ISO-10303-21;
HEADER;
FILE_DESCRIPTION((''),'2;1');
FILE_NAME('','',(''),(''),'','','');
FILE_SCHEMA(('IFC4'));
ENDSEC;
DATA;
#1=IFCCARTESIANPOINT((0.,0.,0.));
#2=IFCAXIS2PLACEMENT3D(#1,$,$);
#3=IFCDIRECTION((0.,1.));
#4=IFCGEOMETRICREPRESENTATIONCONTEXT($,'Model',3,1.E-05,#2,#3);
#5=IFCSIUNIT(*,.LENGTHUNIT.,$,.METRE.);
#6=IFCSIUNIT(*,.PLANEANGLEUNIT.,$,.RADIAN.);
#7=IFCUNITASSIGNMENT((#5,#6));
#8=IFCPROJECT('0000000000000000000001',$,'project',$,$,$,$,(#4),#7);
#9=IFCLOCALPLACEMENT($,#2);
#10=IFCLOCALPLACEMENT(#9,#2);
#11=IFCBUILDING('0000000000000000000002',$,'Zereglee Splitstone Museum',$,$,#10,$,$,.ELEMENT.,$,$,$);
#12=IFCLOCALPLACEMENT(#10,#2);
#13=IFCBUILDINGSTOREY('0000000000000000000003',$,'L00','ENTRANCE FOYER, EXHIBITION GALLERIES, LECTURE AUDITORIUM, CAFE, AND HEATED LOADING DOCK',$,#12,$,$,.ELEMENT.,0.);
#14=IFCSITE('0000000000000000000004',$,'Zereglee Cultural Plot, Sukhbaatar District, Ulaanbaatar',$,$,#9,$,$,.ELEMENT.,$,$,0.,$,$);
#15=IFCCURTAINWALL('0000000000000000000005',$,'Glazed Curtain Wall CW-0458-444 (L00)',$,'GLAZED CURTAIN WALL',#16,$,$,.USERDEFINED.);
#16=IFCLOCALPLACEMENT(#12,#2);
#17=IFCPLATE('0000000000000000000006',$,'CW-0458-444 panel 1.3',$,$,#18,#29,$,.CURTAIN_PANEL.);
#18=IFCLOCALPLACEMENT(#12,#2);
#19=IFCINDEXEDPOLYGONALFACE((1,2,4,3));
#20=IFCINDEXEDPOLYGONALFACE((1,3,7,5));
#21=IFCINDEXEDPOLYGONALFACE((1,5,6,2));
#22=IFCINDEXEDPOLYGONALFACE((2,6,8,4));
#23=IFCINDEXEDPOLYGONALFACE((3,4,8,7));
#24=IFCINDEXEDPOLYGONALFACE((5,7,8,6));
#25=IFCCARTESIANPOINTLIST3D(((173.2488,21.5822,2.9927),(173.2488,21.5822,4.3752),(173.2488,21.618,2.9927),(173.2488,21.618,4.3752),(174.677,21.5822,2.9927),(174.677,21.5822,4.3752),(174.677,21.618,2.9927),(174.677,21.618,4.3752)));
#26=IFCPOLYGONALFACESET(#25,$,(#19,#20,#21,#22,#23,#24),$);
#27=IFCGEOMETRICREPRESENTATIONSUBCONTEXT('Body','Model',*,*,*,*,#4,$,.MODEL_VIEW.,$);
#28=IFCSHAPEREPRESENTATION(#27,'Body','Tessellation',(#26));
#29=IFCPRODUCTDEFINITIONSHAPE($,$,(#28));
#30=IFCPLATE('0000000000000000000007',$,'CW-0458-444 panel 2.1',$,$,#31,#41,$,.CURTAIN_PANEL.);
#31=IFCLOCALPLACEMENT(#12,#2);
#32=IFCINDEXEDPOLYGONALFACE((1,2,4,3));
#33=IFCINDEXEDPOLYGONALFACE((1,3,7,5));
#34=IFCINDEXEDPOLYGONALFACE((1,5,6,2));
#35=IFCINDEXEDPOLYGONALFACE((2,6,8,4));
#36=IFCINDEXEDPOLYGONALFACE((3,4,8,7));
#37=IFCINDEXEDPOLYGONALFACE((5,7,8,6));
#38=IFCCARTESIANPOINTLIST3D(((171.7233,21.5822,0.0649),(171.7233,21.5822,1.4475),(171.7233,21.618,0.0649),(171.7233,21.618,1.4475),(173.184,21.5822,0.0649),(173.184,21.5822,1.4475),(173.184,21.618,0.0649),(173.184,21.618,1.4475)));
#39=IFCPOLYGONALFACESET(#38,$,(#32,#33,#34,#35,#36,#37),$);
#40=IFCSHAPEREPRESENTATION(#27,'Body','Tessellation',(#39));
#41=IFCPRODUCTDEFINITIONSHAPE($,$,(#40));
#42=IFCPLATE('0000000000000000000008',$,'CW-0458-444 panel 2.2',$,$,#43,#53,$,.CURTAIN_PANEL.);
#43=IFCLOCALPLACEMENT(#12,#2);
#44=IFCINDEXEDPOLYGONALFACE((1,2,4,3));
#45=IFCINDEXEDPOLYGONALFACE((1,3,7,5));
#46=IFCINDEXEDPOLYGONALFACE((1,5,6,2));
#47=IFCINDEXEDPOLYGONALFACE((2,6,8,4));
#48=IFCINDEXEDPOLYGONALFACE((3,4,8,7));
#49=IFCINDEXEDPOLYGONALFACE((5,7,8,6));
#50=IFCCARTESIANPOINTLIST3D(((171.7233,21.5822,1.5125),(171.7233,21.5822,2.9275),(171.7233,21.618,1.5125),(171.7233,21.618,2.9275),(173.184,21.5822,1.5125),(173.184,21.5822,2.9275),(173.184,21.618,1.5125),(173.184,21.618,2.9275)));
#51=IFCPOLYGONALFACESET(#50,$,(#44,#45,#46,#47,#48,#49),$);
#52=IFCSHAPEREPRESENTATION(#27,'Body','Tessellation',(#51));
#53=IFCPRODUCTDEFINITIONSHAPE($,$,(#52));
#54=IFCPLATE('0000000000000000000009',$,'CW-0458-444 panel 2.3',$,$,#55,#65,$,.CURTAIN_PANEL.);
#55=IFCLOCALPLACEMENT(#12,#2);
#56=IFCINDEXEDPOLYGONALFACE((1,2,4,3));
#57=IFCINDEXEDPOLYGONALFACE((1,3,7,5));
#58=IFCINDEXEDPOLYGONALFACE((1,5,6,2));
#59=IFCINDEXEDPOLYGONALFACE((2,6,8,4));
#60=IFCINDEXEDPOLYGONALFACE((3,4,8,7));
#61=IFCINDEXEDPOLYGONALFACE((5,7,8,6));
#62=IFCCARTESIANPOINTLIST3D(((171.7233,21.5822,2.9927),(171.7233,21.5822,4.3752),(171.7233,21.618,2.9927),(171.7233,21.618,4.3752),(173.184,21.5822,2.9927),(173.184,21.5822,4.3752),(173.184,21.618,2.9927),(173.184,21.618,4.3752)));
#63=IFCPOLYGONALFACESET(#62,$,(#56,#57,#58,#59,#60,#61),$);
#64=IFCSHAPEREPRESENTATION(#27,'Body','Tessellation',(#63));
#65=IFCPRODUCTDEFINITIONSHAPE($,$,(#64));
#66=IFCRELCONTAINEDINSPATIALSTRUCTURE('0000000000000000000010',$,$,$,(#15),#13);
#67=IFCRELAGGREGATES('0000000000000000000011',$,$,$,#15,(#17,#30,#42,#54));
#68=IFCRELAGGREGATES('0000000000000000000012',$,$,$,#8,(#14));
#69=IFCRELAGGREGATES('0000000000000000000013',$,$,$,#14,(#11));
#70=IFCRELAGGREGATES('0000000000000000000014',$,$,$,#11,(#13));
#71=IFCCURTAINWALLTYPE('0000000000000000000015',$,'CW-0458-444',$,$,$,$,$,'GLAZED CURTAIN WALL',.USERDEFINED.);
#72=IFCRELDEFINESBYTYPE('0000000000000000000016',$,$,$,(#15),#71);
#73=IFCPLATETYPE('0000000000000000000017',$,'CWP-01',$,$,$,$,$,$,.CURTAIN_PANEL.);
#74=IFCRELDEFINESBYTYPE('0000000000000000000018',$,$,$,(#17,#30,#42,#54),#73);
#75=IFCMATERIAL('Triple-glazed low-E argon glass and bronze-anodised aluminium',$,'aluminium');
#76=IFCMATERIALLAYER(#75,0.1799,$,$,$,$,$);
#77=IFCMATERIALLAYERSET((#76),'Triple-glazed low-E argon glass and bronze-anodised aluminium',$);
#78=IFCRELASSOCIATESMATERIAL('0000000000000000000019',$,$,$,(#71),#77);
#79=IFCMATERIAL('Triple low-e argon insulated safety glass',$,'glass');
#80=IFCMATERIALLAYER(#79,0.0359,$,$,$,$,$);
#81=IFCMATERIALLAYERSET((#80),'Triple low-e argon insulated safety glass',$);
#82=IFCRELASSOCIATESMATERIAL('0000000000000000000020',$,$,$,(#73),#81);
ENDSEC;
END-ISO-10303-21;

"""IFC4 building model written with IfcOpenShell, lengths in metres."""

from ifc_helpers import new_model, si_unit, direction, frame, origin, origin_2d, place, context, subcontext, project, spatial, rectangle, extrude, material, layer, layer_set, type_object, element, aggregate, save


model = new_model("IFC4")

# Units and contexts
model_context = context("Model", 3, precision=1e-05, world=origin(), true_north=direction((0.0, 1.0)))
body_context = subcontext(model_context, "Body", "Model", "MODEL_VIEW")
ifc_project = project(units=[si_unit("LENGTHUNIT", "METRE"), si_unit("PLANEANGLEUNIT", "RADIAN")], contexts=[model_context])

# Site, building, storey
site_placement = place(None, origin())
site = spatial("IfcSite", under=ifc_project, at=site_placement, Name="Zereglee Cultural Plot, Sukhbaatar District, Ulaanbaatar", CompositionType="ELEMENT", RefElevation=0.0)
building_placement = place(site_placement, origin())
building = spatial("IfcBuilding", under=site, at=building_placement, Name="Zereglee Splitstone Museum", CompositionType="ELEMENT")
storey_placement = place(building_placement, origin())
storey = spatial("IfcBuildingStorey", under=building, at=storey_placement, Name="L00", Description="ENTRANCE FOYER, EXHIBITION GALLERIES, LECTURE AUDITORIUM, CAFE, AND HEATED LOADING DOCK", CompositionType="ELEMENT", Elevation=0.0)

# Shared definitions
ifc_material_1 = material(Name="Triple-glazed low-E argon glass and bronze-anodised aluminium", Category="aluminium")

# Curtain wall
ifc_layer_1 = layer(ifc_material_1, 0.1799)
ifc_layer_set_1 = layer_set([ifc_layer_1], Name="Triple-glazed low-E argon glass and bronze-anodised aluminium")
curtain_wall_type_1 = type_object("IfcCurtainWallType", Name="CW-0458-444", ElementType="GLAZED CURTAIN WALL", PredefinedType="USERDEFINED", material=ifc_layer_set_1)
curtain_wall_1_placement = place(storey_placement, origin())
curtain_wall_1 = element("IfcCurtainWall", 1, at=curtain_wall_1_placement, inside=storey, type_object=curtain_wall_type_1, Name="Glazed Curtain Wall CW-0458-444 (L00)", ObjectType="GLAZED CURTAIN WALL", PredefinedType="USERDEFINED")

# Plates
ifc_material_2 = material(Name="Triple low-e argon insulated safety glass", Category="glass")
ifc_layer_2 = layer(ifc_material_2, 0.0359)
ifc_layer_set_2 = layer_set([ifc_layer_2], Name="Triple low-e argon insulated safety glass")
plate_type = type_object("IfcPlateType", Name="CWP-01", PredefinedType="CURTAIN_PANEL", material=ifc_layer_set_2)
plate_1_placement = place(storey_placement, frame((173.9629, 21.6001, 2.9927), z_axis=(0.0, 0.0, 1.0), x_axis=(-1.0, 0.0, 0.0)))
plate_1 = element("IfcPlate", 2, at=plate_1_placement, type_object=plate_type, Name="CW-0458-444 panel 1.3", PredefinedType="CURTAIN_PANEL", context=body_context, shape_type="SweptSolid", body=[
    extrude(rectangle(XDim=1.4282, YDim=0.0359, at=origin_2d()), origin(), (0.0, 0.0, 1.0), 1.3826),
])
plate_2_placement = place(storey_placement, frame((172.4536, 21.6001, 0.0649), z_axis=(0.0, 0.0, 1.0), x_axis=(-1.0, 0.0, 0.0)))
plate_2 = element("IfcPlate", 3, at=plate_2_placement, type_object=plate_type, Name="CW-0458-444 panel 2.1", PredefinedType="CURTAIN_PANEL", context=body_context, shape_type="SweptSolid", body=[
    extrude(rectangle(XDim=1.4607, YDim=0.0359, at=origin_2d()), origin(), (0.0, 0.0, 1.0), 1.3826),
])
plate_3_placement = place(storey_placement, frame((172.4536, 21.6001, 1.5125), z_axis=(0.0, 0.0, 1.0), x_axis=(-1.0, 0.0, 0.0)))
plate_3 = element("IfcPlate", 4, at=plate_3_placement, type_object=plate_type, Name="CW-0458-444 panel 2.2", PredefinedType="CURTAIN_PANEL", context=body_context, shape_type="SweptSolid", body=[
    extrude(rectangle(XDim=1.4607, YDim=0.0359, at=origin_2d()), origin(), (0.0, 0.0, 1.0), 1.415),
])
plate_4_placement = place(storey_placement, frame((172.4536, 21.6001, 2.9927), z_axis=(0.0, 0.0, 1.0), x_axis=(-1.0, 0.0, 0.0)))
plate_4 = element("IfcPlate", 5, at=plate_4_placement, type_object=plate_type, Name="CW-0458-444 panel 2.3", PredefinedType="CURTAIN_PANEL", context=body_context, shape_type="SweptSolid", body=[
    extrude(rectangle(XDim=1.4607, YDim=0.0359, at=origin_2d()), origin(), (0.0, 0.0, 1.0), 1.3826),
])
aggregate(curtain_wall_1, [plate_1, plate_2, plate_3, plate_4])

save(model, "model.ifc")
